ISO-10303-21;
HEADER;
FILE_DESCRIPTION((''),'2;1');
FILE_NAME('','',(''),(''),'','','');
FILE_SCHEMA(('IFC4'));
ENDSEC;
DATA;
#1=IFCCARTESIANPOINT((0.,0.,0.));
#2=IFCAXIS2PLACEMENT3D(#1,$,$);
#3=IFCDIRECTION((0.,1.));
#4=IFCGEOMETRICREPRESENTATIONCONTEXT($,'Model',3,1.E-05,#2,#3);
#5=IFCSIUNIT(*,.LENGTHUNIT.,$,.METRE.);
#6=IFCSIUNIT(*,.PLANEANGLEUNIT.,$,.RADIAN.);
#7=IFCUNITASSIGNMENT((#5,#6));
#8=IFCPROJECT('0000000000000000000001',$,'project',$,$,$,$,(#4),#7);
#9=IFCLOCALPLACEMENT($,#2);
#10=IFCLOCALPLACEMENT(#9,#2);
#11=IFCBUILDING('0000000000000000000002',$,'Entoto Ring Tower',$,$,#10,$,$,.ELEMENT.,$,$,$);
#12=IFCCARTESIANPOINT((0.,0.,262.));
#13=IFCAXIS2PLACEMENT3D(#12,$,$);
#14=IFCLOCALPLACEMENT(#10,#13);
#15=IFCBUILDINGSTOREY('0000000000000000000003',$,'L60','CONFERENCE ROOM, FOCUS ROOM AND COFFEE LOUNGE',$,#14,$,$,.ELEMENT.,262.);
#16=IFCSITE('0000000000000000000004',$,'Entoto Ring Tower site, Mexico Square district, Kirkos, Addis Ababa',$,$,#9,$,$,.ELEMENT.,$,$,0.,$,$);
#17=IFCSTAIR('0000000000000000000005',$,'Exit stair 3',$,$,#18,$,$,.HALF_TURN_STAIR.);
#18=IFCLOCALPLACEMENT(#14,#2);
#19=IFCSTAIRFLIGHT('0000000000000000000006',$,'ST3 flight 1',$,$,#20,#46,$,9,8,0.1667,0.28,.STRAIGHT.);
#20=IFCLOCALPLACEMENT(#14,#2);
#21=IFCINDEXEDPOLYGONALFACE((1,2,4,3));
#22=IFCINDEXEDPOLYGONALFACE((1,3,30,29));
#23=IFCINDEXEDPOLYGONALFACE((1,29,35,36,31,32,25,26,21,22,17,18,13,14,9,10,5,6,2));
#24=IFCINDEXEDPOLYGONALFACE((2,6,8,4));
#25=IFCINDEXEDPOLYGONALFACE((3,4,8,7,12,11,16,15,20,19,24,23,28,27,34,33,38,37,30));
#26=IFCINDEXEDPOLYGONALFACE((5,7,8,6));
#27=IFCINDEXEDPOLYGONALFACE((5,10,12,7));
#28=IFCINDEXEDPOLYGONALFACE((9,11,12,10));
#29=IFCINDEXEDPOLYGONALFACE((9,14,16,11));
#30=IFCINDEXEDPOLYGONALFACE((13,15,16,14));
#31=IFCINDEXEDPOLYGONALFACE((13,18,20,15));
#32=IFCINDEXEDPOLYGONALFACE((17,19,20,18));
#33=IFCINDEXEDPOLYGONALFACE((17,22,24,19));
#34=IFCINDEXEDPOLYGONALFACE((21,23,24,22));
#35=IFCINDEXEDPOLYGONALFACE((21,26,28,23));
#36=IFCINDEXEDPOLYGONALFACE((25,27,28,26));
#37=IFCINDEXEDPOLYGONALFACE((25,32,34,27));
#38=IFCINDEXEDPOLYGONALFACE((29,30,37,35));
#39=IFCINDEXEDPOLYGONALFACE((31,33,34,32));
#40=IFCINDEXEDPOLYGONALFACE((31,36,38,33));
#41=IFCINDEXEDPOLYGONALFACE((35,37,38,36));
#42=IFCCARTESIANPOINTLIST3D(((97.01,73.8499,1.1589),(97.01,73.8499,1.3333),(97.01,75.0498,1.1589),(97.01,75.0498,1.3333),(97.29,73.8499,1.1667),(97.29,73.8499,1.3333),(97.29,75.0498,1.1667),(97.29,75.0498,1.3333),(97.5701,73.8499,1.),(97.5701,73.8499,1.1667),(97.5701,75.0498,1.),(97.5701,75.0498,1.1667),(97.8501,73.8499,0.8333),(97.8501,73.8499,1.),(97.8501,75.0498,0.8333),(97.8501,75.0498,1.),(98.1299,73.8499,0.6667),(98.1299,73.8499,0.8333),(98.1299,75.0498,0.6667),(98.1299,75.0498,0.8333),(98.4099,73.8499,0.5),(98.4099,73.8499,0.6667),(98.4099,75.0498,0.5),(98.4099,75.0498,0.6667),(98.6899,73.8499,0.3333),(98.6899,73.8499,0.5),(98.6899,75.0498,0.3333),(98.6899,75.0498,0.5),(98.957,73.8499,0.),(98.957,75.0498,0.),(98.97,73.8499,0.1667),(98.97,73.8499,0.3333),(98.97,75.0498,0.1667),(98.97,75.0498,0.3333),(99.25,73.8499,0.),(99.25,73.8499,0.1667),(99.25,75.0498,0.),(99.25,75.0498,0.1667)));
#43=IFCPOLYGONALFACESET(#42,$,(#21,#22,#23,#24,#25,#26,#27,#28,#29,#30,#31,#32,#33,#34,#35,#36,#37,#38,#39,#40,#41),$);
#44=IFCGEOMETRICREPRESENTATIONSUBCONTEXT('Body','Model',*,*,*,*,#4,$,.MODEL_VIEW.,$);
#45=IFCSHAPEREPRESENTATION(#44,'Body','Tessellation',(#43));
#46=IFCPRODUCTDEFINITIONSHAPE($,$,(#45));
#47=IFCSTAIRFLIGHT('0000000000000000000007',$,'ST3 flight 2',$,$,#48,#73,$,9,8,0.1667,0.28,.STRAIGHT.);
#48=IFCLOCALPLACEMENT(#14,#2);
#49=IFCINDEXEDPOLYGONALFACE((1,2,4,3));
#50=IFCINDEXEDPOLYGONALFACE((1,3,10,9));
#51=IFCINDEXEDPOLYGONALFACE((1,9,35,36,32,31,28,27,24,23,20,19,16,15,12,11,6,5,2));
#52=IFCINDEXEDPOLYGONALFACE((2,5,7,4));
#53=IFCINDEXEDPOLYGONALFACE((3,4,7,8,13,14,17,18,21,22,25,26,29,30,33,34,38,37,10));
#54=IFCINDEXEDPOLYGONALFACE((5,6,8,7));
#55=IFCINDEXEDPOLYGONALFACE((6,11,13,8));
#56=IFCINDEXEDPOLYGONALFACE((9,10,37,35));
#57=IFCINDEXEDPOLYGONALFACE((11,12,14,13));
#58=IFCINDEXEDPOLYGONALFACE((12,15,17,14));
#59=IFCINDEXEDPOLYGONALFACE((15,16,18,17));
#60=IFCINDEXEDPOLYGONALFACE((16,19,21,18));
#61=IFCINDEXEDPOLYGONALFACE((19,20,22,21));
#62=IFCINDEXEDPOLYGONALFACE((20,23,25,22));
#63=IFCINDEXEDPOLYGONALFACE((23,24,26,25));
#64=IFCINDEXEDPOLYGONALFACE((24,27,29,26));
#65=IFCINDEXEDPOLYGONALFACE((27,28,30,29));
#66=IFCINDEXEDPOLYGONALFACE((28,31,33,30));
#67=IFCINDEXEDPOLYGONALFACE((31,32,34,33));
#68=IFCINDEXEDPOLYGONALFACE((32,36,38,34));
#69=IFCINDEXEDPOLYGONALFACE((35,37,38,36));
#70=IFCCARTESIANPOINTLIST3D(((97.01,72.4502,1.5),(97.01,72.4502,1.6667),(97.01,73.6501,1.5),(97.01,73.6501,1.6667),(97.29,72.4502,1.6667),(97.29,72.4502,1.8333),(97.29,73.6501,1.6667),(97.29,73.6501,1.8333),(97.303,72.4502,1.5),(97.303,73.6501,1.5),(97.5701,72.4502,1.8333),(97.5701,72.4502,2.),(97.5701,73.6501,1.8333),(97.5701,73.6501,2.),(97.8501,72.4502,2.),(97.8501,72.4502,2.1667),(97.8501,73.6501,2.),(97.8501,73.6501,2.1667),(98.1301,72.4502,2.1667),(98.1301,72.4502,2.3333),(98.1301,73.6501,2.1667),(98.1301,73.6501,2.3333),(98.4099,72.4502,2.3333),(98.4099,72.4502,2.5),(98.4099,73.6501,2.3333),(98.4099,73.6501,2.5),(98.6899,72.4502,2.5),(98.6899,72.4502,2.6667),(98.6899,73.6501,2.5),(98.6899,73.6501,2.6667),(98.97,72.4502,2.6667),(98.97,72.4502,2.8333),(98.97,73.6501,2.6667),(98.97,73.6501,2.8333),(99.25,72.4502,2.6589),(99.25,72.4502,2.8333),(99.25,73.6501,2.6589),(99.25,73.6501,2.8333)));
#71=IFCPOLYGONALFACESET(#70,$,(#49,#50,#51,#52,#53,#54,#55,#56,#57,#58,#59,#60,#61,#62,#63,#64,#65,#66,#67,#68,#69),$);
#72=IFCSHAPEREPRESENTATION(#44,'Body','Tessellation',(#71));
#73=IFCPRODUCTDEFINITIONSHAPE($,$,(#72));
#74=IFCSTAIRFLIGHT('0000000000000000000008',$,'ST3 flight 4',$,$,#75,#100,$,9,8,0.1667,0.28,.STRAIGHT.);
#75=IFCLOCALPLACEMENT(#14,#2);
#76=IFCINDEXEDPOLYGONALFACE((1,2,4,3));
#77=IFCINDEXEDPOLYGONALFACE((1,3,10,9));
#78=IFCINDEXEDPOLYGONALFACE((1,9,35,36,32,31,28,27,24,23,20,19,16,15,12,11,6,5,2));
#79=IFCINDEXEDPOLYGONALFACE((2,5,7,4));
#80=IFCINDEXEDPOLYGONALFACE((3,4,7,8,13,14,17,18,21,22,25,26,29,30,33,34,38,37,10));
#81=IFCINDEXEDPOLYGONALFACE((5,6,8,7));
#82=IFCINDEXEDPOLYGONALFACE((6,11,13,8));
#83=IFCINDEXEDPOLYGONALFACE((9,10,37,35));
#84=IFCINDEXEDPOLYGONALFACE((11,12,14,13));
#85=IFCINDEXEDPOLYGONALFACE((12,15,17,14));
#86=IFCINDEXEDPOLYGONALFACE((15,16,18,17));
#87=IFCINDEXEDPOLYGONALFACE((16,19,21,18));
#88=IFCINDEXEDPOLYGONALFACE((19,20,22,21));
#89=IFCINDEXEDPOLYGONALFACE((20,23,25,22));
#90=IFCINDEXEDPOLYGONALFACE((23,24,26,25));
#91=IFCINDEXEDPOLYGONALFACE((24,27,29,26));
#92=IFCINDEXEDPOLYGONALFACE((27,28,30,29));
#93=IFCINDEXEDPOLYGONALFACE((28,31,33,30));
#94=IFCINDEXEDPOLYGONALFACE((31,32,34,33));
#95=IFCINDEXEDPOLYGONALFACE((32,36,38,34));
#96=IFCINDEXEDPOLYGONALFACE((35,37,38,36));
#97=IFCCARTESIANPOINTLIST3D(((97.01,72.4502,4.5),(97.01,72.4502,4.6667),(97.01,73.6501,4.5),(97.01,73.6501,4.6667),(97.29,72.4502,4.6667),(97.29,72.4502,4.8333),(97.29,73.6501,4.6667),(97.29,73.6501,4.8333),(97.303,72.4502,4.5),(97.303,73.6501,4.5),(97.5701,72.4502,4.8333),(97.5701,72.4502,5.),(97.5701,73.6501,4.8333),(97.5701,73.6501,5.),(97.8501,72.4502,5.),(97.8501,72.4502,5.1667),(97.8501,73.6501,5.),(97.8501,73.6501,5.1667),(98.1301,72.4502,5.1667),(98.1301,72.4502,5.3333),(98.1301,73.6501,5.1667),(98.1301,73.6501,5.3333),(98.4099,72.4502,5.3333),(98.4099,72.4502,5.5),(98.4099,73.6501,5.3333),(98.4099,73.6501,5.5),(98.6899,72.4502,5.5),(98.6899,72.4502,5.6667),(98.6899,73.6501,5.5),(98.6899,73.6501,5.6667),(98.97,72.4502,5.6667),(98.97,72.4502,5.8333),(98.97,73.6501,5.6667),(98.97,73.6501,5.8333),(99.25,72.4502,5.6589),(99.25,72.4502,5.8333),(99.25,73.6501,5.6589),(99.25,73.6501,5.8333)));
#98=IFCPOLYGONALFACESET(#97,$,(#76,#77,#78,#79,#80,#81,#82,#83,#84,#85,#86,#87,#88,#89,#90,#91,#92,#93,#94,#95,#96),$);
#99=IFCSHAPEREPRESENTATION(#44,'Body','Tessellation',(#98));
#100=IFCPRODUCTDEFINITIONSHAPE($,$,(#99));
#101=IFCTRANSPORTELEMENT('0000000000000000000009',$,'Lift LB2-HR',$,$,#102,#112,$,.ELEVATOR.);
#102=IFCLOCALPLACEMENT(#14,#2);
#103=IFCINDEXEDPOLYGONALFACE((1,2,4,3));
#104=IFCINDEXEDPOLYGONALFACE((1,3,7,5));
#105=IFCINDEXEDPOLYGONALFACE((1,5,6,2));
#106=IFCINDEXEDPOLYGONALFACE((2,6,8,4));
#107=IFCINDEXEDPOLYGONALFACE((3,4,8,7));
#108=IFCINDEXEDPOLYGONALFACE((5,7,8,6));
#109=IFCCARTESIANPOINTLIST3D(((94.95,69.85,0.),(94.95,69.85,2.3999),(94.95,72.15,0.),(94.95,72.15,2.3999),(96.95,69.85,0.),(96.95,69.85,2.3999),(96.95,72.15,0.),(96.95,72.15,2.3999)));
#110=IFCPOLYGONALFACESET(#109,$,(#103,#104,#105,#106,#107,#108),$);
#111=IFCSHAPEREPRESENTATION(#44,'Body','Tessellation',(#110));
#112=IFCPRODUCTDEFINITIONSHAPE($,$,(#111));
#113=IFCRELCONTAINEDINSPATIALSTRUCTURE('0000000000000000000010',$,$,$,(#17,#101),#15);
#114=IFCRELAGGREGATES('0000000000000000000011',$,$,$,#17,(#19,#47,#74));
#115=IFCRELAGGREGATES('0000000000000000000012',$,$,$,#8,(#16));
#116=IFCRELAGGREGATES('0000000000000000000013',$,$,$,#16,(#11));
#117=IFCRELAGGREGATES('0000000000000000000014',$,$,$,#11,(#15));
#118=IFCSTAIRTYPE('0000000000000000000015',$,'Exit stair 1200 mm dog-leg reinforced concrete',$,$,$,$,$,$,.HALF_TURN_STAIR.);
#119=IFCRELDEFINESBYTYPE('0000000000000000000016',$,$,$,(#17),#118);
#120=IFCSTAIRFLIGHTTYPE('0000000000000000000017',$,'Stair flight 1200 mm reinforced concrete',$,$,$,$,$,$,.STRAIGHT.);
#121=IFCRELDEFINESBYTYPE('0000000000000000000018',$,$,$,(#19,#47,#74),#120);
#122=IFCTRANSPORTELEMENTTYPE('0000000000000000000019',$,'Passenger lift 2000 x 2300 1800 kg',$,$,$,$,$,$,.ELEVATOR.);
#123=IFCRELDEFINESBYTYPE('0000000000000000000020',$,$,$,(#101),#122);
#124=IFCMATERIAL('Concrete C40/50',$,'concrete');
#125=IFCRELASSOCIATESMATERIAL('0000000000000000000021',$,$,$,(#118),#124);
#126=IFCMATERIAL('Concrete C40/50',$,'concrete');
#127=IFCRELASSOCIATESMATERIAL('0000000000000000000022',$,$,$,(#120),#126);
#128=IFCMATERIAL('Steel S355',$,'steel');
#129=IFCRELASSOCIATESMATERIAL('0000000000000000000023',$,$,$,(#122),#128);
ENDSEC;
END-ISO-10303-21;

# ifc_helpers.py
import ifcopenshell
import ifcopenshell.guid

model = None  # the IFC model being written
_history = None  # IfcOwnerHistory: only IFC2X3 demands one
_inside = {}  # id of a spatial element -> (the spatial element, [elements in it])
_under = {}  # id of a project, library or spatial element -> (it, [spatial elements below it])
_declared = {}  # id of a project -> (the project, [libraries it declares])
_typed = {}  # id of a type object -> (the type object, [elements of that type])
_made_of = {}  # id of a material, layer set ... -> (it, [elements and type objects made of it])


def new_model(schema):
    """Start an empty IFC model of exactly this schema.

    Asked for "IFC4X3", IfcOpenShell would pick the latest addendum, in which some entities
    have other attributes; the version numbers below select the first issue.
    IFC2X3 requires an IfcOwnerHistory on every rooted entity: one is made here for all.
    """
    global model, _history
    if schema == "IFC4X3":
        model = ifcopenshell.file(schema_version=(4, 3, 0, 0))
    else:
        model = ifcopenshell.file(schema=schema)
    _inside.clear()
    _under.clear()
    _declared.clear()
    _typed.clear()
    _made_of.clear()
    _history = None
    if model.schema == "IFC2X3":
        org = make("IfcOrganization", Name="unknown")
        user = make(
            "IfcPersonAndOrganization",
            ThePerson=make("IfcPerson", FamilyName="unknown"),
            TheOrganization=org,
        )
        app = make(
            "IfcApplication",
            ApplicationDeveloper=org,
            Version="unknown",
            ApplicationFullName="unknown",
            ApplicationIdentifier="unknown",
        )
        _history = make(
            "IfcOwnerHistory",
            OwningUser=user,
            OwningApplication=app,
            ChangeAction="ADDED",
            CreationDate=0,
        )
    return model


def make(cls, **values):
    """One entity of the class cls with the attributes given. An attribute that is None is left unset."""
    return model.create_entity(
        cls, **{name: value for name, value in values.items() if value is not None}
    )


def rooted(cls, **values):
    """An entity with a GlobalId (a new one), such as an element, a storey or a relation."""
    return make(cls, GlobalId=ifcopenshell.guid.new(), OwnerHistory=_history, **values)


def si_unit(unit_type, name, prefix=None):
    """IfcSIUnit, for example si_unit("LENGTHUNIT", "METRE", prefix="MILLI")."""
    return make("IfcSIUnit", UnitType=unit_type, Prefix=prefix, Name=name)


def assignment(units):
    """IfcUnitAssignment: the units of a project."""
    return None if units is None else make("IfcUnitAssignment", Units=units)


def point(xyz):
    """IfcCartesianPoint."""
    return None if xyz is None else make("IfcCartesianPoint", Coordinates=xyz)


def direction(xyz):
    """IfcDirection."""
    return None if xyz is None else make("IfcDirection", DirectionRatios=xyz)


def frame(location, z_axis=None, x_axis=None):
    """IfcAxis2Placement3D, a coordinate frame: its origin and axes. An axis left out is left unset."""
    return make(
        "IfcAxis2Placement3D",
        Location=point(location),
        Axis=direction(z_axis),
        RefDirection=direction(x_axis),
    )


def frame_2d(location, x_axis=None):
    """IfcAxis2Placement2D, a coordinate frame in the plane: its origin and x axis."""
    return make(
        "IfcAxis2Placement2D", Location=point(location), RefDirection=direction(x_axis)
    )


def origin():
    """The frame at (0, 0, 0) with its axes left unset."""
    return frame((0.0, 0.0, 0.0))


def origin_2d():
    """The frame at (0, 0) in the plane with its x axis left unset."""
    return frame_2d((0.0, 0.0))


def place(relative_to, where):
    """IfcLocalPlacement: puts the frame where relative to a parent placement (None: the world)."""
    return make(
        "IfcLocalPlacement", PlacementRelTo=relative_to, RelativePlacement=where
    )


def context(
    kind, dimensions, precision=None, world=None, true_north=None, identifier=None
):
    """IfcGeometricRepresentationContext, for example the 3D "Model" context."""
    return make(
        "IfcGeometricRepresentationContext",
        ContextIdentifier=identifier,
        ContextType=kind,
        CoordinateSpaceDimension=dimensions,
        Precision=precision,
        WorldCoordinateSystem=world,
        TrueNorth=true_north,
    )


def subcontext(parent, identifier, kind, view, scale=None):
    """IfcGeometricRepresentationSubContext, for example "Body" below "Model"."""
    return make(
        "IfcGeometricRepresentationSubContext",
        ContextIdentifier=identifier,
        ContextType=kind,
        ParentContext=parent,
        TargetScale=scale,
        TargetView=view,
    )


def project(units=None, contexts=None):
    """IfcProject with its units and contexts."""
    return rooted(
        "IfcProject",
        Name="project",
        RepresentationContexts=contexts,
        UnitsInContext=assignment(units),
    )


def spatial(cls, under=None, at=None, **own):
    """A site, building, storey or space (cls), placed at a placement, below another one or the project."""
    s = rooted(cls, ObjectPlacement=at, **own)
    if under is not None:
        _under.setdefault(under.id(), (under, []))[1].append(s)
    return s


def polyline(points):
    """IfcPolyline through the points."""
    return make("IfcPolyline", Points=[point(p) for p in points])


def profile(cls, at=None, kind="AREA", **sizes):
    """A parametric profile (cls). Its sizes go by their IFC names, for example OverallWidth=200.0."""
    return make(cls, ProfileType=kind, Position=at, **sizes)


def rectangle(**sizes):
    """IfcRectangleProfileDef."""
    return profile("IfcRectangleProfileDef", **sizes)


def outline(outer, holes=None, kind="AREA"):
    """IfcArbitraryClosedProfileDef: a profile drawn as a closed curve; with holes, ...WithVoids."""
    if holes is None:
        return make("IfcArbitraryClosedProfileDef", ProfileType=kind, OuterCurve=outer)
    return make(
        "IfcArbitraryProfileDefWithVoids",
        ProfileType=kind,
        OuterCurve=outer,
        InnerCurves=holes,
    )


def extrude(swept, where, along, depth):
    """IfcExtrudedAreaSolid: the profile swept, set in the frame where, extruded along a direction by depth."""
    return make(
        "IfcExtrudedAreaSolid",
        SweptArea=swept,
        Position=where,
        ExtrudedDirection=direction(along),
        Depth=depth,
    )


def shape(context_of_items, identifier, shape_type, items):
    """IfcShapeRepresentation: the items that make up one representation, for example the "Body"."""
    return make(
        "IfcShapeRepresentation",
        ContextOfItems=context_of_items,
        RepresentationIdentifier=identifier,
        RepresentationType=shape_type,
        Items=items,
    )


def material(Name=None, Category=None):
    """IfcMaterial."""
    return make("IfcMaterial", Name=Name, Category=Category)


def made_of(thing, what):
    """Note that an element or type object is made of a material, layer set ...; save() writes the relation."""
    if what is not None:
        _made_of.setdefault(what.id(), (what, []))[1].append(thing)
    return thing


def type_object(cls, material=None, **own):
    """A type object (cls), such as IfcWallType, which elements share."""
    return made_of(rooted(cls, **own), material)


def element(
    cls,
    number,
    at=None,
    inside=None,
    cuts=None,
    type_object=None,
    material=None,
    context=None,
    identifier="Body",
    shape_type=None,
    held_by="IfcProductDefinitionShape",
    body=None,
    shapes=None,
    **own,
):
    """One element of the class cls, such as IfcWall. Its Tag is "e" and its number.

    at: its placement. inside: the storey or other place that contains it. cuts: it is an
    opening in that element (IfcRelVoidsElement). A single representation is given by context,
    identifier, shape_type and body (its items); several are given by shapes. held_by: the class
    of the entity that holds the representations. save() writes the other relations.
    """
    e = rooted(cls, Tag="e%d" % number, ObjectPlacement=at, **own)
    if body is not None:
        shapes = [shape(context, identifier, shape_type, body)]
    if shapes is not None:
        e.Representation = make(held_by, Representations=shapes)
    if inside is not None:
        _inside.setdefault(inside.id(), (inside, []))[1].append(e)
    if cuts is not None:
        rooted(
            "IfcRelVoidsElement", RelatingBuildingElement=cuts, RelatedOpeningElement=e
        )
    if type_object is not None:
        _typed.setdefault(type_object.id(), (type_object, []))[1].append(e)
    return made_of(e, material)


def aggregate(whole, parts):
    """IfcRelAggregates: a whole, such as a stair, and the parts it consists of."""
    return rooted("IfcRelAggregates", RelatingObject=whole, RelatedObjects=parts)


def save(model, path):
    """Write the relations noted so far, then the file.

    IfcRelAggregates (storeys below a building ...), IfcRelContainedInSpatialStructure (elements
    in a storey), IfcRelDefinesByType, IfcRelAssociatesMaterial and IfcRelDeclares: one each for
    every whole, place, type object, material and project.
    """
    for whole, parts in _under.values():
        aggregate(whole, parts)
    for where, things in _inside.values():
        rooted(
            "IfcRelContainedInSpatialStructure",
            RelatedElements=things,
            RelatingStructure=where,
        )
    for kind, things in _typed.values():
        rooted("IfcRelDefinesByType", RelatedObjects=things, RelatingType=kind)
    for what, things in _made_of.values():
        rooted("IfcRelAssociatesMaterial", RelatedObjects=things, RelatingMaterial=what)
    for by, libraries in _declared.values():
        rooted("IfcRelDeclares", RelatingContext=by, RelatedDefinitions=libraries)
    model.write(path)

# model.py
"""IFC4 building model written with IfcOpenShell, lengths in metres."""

from ifc_helpers import new_model, si_unit, direction, frame, origin, origin_2d, place, context, subcontext, project, spatial, polyline, rectangle, outline, extrude, material, type_object, element, aggregate, save


model = new_model("IFC4")

# Units and contexts
model_context = context("Model", 3, precision=1e-05, world=origin(), true_north=direction((0.0, 1.0)))
body_context = subcontext(model_context, "Body", "Model", "MODEL_VIEW")
ifc_project = project(units=[si_unit("LENGTHUNIT", "METRE"), si_unit("PLANEANGLEUNIT", "RADIAN")], contexts=[model_context])

# Site, building, storey
site_placement = place(None, origin())
site = spatial("IfcSite", under=ifc_project, at=site_placement, Name="Entoto Ring Tower site, Mexico Square district, Kirkos, Addis Ababa", CompositionType="ELEMENT", RefElevation=0.0)
building_placement = place(site_placement, origin())
building = spatial("IfcBuilding", under=site, at=building_placement, Name="Entoto Ring Tower", CompositionType="ELEMENT")
storey_placement = place(building_placement, frame((0.0, 0.0, 262.0)))
storey = spatial("IfcBuildingStorey", under=building, at=storey_placement, Name="L60", Description="CONFERENCE ROOM, FOCUS ROOM AND COFFEE LOUNGE", CompositionType="ELEMENT", Elevation=262.0)

# Stair, stair flights
ifc_material_1 = material(Name="Concrete C40/50", Category="concrete")
stair_type = type_object("IfcStairType", Name="Exit stair 1200 mm dog-leg reinforced concrete", PredefinedType="HALF_TURN_STAIR", material=ifc_material_1)
stair_placement = place(storey_placement, origin())
stair = element("IfcStair", 1, at=stair_placement, inside=storey, type_object=stair_type, Name="Exit stair 3", PredefinedType="HALF_TURN_STAIR")
ifc_material_2 = material(Name="Concrete C40/50", Category="concrete")
stair_flight_type = type_object("IfcStairFlightType", Name="Stair flight 1200 mm reinforced concrete", PredefinedType="STRAIGHT", material=ifc_material_2)
stair_flight_1_placement = place(storey_placement, frame((99.25, 74.45, 0.0), z_axis=(0.0, 0.0, 1.0), x_axis=(-1.0, 0.0, 0.0)))
stair_flight_1 = element("IfcStairFlight", 2, at=stair_flight_1_placement, type_object=stair_flight_type, Name="ST3 flight 1", NumberOfRisers=9, NumberOfTreads=8, PredefinedType="STRAIGHT", RiserHeight=0.1667, TreadLength=0.28, context=body_context, shape_type="SweptSolid", body=[
    extrude(outline(polyline([(0.0, 0.0), (0.0, 0.1667), (0.28, 0.1667), (0.28, 0.3333), (0.5601, 0.3333), (0.5601, 0.5), (0.8401, 0.5), (0.8401, 0.6667), (1.1201, 0.6667), (1.1201, 0.8333), (1.3999, 0.8333), (1.3999, 1.0), (1.6799, 1.0), (1.6799, 1.1667), (1.96, 1.1667), (1.96, 1.3333), (2.24, 1.3333), (2.24, 1.5), (2.24, 1.1589), (0.293, 0.0), (0.0, 0.0)])), frame((0.0, 0.6001, 0.0), z_axis=(0.0, -1.0, 0.0), x_axis=(1.0, 0.0, 0.0)), (0.0, 0.0, 1.0), 1.2),
])
stair_flight_2_placement = place(storey_placement, frame((97.01, 73.05, 1.5), z_axis=(0.0, 0.0, 1.0), x_axis=(1.0, 0.0, 0.0)))
stair_flight_2 = element("IfcStairFlight", 3, at=stair_flight_2_placement, type_object=stair_flight_type, Name="ST3 flight 2", NumberOfRisers=9, NumberOfTreads=8, PredefinedType="STRAIGHT", RiserHeight=0.1667, TreadLength=0.28, context=body_context, shape_type="SweptSolid", body=[
    extrude(outline(polyline([(0.0, 0.0), (0.0, 0.1667), (0.28, 0.1667), (0.28, 0.3333), (0.5601, 0.3333), (0.5601, 0.5), (0.8401, 0.5), (0.8401, 0.6667), (1.1201, 0.6667), (1.1201, 0.8333), (1.3999, 0.8333), (1.3999, 1.0), (1.6799, 1.0), (1.6799, 1.1667), (1.96, 1.1667), (1.96, 1.3333), (2.24, 1.3333), (2.24, 1.5), (2.24, 1.1589), (0.293, 0.0), (0.0, 0.0)])), frame((0.0, 0.6001, 0.0), z_axis=(0.0, -1.0, 0.0), x_axis=(1.0, 0.0, 0.0)), (0.0, 0.0, 1.0), 1.2),
])
stair_flight_3_placement = place(storey_placement, frame((97.01, 73.05, 4.5), z_axis=(0.0, 0.0, 1.0), x_axis=(1.0, 0.0, 0.0)))
stair_flight_3 = element("IfcStairFlight", 4, at=stair_flight_3_placement, type_object=stair_flight_type, Name="ST3 flight 4", NumberOfRisers=9, NumberOfTreads=8, PredefinedType="STRAIGHT", RiserHeight=0.1667, TreadLength=0.28, context=body_context, shape_type="SweptSolid", body=[
    extrude(outline(polyline([(0.0, 0.0), (0.0, 0.1667), (0.28, 0.1667), (0.28, 0.3333), (0.5601, 0.3333), (0.5601, 0.5), (0.8401, 0.5), (0.8401, 0.6667), (1.1201, 0.6667), (1.1201, 0.8333), (1.3999, 0.8333), (1.3999, 1.0), (1.6799, 1.0), (1.6799, 1.1667), (1.96, 1.1667), (1.96, 1.3333), (2.24, 1.3333), (2.24, 1.5), (2.24, 1.1589), (0.293, 0.0), (0.0, 0.0)])), frame((0.0, 0.6001, 0.0), z_axis=(0.0, -1.0, 0.0), x_axis=(1.0, 0.0, 0.0)), (0.0, 0.0, 1.0), 1.2),
])
aggregate(stair, [stair_flight_1, stair_flight_2, stair_flight_3])

# Transport element
ifc_material_3 = material(Name="Steel S355", Category="steel")
transport_element_type = type_object("IfcTransportElementType", Name="Passenger lift 2000 x 2300 1800 kg", PredefinedType="ELEVATOR", material=ifc_material_3)
transport_element_placement = place(storey_placement, frame((95.95, 71.0, 0.0), z_axis=(0.0, 0.0, 1.0), x_axis=(1.0, 0.0, 0.0)))
element("IfcTransportElement", 5, at=transport_element_placement, inside=storey, type_object=transport_element_type, Name="Lift LB2-HR", PredefinedType="ELEVATOR", context=body_context, shape_type="SweptSolid", body=[
    extrude(rectangle(XDim=2.0, YDim=2.3, at=origin_2d()), origin(), (0.0, 0.0, 1.0), 2.3999),
])

save(model, "model.ifc")
